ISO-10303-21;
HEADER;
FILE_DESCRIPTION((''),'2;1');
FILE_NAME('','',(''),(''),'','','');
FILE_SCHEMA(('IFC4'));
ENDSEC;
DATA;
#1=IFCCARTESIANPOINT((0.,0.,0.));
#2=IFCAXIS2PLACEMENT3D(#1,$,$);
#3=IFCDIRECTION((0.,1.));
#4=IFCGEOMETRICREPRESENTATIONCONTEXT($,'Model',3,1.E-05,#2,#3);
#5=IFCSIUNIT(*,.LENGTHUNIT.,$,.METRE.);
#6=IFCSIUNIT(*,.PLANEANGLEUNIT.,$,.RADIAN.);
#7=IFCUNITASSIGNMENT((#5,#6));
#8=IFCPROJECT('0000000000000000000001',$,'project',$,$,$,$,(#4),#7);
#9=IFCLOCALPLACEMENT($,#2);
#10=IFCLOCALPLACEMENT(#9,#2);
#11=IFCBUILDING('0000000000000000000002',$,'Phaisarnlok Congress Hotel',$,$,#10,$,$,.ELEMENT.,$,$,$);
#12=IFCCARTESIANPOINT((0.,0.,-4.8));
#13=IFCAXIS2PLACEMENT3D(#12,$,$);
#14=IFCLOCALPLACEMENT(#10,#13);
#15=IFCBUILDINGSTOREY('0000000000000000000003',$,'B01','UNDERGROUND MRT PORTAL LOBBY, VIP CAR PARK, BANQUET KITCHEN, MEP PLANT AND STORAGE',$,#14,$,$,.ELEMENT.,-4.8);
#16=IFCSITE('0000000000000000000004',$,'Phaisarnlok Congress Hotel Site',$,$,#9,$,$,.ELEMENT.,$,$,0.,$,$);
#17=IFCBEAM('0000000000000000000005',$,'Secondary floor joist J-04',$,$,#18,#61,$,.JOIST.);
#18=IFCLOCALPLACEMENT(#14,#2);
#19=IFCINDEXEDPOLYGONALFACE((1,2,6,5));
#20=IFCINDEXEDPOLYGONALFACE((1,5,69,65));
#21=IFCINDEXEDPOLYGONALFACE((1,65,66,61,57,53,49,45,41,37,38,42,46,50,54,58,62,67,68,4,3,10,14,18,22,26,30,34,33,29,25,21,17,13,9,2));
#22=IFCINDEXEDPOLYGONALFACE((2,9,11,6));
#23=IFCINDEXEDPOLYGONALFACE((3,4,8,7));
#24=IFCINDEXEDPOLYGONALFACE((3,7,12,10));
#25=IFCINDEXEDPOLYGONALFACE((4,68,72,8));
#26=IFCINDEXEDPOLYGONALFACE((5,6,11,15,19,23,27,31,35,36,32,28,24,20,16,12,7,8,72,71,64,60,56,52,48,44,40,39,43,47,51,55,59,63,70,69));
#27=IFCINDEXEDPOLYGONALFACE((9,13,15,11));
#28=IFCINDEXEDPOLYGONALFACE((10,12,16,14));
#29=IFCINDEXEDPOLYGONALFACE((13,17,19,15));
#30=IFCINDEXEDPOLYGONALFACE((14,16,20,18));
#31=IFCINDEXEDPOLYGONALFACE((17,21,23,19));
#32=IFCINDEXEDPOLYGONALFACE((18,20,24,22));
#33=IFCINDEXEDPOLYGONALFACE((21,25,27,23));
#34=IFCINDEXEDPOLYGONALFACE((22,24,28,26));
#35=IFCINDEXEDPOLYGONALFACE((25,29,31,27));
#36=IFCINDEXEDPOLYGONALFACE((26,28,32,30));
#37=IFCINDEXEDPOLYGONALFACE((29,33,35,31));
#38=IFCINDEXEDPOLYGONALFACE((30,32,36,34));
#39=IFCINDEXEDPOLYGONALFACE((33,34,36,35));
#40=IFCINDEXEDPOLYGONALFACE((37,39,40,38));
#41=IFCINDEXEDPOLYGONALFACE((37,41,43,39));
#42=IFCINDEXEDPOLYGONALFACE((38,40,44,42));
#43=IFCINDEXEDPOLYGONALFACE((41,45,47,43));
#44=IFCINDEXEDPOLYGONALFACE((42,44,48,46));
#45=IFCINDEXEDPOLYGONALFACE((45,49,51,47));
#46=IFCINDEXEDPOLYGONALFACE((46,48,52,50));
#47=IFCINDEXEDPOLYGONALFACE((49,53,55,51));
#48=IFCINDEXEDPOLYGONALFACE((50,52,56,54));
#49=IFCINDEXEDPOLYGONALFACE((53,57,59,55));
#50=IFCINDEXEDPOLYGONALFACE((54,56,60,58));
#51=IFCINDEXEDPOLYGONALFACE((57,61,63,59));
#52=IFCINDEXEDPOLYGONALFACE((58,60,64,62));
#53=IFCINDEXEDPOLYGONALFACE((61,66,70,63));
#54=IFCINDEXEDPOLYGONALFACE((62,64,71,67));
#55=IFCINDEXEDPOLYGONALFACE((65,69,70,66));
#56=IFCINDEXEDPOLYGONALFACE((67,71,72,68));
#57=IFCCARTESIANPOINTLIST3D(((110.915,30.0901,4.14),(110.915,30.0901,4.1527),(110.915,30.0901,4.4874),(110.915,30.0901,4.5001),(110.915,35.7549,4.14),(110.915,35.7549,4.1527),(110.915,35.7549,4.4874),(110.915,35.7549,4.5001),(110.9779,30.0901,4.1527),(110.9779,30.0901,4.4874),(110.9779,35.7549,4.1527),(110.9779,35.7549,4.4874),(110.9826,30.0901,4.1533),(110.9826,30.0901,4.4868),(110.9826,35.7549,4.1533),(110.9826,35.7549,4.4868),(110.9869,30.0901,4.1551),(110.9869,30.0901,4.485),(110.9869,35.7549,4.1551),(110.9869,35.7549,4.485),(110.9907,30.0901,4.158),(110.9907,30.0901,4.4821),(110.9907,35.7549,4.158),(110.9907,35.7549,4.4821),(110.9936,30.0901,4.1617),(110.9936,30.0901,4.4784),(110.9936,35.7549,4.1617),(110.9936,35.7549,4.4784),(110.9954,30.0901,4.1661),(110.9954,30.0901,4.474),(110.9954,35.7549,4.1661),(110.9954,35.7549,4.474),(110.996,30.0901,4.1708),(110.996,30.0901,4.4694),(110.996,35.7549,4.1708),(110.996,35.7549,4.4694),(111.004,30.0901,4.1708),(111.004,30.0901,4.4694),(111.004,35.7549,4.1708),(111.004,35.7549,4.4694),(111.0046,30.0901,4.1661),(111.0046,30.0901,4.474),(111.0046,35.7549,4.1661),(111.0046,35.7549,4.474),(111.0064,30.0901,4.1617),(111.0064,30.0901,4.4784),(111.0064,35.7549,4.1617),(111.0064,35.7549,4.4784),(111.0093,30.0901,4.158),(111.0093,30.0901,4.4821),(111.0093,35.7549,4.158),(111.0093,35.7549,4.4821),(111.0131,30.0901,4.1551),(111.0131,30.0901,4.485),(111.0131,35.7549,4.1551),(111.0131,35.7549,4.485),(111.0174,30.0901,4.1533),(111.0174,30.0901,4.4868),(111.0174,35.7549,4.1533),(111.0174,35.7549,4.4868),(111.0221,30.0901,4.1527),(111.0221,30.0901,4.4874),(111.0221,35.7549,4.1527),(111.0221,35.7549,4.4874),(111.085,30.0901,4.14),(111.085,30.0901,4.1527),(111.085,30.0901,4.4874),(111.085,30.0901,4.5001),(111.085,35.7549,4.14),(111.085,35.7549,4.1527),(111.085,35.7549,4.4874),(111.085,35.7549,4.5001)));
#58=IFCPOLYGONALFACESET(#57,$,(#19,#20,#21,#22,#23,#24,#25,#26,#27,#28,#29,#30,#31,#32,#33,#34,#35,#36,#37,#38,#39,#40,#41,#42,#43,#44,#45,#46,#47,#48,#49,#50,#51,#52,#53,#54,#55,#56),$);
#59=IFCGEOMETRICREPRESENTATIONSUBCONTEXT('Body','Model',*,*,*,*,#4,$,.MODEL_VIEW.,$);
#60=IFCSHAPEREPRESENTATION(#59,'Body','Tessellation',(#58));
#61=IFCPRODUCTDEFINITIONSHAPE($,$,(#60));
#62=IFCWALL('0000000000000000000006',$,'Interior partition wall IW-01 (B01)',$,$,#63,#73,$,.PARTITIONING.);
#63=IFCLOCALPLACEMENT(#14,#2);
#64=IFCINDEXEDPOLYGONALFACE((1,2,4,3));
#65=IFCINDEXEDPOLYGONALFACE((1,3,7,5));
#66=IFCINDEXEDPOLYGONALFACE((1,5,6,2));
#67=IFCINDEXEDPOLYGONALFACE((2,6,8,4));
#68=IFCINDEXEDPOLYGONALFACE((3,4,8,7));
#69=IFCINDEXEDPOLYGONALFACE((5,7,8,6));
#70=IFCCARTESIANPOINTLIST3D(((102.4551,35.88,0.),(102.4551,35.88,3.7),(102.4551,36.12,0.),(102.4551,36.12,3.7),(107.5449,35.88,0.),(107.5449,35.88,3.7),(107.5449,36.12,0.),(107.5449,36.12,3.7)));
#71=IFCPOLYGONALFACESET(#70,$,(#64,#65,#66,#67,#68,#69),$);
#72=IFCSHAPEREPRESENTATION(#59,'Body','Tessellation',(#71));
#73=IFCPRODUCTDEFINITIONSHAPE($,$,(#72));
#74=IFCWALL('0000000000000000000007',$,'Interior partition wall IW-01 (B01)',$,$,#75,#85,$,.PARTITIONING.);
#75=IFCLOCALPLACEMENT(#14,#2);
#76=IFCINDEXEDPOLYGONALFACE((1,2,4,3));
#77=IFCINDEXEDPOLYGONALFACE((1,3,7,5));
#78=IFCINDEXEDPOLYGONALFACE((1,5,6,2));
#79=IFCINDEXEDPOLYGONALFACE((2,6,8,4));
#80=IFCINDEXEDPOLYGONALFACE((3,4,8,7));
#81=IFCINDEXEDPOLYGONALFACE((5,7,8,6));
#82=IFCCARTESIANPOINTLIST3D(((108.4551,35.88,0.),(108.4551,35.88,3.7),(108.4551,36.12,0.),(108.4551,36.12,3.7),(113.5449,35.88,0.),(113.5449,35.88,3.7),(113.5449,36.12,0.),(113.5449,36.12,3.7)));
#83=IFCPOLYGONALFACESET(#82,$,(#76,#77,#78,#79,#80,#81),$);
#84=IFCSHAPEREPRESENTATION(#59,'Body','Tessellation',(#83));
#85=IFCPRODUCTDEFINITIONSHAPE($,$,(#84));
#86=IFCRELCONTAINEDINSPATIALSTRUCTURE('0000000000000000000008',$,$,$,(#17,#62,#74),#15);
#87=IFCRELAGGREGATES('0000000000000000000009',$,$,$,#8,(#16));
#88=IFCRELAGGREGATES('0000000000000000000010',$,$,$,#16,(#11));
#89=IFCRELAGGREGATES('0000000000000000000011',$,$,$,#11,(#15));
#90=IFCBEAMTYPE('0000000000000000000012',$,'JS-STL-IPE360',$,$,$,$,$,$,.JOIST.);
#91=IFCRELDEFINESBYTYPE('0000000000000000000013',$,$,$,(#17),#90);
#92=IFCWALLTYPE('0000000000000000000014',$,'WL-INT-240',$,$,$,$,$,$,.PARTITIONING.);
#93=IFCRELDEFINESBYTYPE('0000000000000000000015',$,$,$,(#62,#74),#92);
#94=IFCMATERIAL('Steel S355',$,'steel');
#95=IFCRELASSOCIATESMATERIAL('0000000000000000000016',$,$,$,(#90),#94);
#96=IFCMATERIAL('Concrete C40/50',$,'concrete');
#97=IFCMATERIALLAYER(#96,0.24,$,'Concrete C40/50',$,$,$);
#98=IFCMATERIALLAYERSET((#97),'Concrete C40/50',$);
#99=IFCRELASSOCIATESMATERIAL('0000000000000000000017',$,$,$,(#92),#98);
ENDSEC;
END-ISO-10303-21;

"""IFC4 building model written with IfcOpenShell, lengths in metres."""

from ifc_helpers import new_model, si_unit, direction, frame, frame_2d, origin, origin_2d, place, context, subcontext, project, spatial, rectangle, i_section, extrude, material, layer, layer_set, material_profile, profile_set, type_object, element, save


model = new_model("IFC4")

# Units and contexts
model_context = context("Model", 3, precision=1e-05, world=origin(), true_north=direction((0.0, 1.0)))
body_context = subcontext(model_context, "Body", "Model", "MODEL_VIEW")
ifc_project = project(units=[si_unit("LENGTHUNIT", "METRE"), si_unit("PLANEANGLEUNIT", "RADIAN")], contexts=[model_context])

# Site, building, storey
site_placement = place(None, origin())
site = spatial("IfcSite", under=ifc_project, at=site_placement, Name="Phaisarnlok Congress Hotel Site", CompositionType="ELEMENT", RefElevation=0.0)
building_placement = place(site_placement, origin())
building = spatial("IfcBuilding", under=site, at=building_placement, Name="Phaisarnlok Congress Hotel", CompositionType="ELEMENT")
storey_placement = place(building_placement, frame((0.0, 0.0, -4.8)))
storey = spatial("IfcBuildingStorey", under=building, at=storey_placement, Name="B01", Description="UNDERGROUND MRT PORTAL LOBBY, VIP CAR PARK, BANQUET KITCHEN, MEP PLANT AND STORAGE", CompositionType="ELEMENT", Elevation=-4.8)

# Shared definitions
ifc_material_1 = material(Name="Concrete C40/50", Category="concrete")

# Beam
ifc_material_2 = material(Name="Steel S355", Category="steel")
ifc_material_profile_1 = material_profile(ifc_material_2, i_section(OverallWidth=0.1699, OverallDepth=0.3601, WebThickness=0.0081, FlangeThickness=0.0127, FilletRadius=0.0181, at=origin_2d()), Name="IPE 360")
ifc_profile_set_1 = profile_set([ifc_material_profile_1], Name="Steel S355")
beam_type_1 = type_object("IfcBeamType", Name="JS-STL-IPE360", PredefinedType="JOIST", material=ifc_profile_set_1)
beam_1_placement = place(storey_placement, frame((111.0, 30.0901, 4.3201), z_axis=(0.0, 1.0, 0.0), x_axis=(-1.0, 0.0, 0.0)))
element("IfcBeam", 1, at=beam_1_placement, inside=storey, type_object=beam_type_1, Name="Secondary floor joist J-04", PredefinedType="JOIST", context=body_context, shape_type="SweptSolid", body=[
    extrude(i_section(OverallWidth=0.1699, OverallDepth=0.3601, WebThickness=0.0081, FlangeThickness=0.0127, FilletRadius=0.0181, at=origin_2d()), origin(), (0.0, 0.0, 1.0), 5.6648),
])

# Walls
ifc_layer = layer(ifc_material_1, 0.24, Name="Concrete C40/50")
ifc_layer_set = layer_set([ifc_layer], Name="Concrete C40/50")
wall_type = type_object("IfcWallType", Name="WL-INT-240", PredefinedType="PARTITIONING", material=ifc_layer_set)
for number, where, z_axis, x_axis, name in (
    (2, (102.4551, 36.0, 0.0), (0.0, 0.0, 1.0), (1.0, 0.0, 0.0), "Interior partition wall IW-01 (B01)"),
    (3, (108.4551, 36.0, 0.0), (0.0, 0.0, 1.0), (1.0, 0.0, 0.0), "Interior partition wall IW-01 (B01)"),
):
    element("IfcWall", number, at=place(storey_placement, frame(where, z_axis=z_axis, x_axis=x_axis)), inside=storey, type_object=wall_type, Name=name, PredefinedType="PARTITIONING", context=body_context, shape_type="SweptSolid", body=[
        extrude(rectangle(XDim=5.0898, YDim=0.24, at=frame_2d((2.5449, 0.0))), origin(), (0.0, 0.0, 1.0), 3.7),
    ])

save(model, "model.ifc")
